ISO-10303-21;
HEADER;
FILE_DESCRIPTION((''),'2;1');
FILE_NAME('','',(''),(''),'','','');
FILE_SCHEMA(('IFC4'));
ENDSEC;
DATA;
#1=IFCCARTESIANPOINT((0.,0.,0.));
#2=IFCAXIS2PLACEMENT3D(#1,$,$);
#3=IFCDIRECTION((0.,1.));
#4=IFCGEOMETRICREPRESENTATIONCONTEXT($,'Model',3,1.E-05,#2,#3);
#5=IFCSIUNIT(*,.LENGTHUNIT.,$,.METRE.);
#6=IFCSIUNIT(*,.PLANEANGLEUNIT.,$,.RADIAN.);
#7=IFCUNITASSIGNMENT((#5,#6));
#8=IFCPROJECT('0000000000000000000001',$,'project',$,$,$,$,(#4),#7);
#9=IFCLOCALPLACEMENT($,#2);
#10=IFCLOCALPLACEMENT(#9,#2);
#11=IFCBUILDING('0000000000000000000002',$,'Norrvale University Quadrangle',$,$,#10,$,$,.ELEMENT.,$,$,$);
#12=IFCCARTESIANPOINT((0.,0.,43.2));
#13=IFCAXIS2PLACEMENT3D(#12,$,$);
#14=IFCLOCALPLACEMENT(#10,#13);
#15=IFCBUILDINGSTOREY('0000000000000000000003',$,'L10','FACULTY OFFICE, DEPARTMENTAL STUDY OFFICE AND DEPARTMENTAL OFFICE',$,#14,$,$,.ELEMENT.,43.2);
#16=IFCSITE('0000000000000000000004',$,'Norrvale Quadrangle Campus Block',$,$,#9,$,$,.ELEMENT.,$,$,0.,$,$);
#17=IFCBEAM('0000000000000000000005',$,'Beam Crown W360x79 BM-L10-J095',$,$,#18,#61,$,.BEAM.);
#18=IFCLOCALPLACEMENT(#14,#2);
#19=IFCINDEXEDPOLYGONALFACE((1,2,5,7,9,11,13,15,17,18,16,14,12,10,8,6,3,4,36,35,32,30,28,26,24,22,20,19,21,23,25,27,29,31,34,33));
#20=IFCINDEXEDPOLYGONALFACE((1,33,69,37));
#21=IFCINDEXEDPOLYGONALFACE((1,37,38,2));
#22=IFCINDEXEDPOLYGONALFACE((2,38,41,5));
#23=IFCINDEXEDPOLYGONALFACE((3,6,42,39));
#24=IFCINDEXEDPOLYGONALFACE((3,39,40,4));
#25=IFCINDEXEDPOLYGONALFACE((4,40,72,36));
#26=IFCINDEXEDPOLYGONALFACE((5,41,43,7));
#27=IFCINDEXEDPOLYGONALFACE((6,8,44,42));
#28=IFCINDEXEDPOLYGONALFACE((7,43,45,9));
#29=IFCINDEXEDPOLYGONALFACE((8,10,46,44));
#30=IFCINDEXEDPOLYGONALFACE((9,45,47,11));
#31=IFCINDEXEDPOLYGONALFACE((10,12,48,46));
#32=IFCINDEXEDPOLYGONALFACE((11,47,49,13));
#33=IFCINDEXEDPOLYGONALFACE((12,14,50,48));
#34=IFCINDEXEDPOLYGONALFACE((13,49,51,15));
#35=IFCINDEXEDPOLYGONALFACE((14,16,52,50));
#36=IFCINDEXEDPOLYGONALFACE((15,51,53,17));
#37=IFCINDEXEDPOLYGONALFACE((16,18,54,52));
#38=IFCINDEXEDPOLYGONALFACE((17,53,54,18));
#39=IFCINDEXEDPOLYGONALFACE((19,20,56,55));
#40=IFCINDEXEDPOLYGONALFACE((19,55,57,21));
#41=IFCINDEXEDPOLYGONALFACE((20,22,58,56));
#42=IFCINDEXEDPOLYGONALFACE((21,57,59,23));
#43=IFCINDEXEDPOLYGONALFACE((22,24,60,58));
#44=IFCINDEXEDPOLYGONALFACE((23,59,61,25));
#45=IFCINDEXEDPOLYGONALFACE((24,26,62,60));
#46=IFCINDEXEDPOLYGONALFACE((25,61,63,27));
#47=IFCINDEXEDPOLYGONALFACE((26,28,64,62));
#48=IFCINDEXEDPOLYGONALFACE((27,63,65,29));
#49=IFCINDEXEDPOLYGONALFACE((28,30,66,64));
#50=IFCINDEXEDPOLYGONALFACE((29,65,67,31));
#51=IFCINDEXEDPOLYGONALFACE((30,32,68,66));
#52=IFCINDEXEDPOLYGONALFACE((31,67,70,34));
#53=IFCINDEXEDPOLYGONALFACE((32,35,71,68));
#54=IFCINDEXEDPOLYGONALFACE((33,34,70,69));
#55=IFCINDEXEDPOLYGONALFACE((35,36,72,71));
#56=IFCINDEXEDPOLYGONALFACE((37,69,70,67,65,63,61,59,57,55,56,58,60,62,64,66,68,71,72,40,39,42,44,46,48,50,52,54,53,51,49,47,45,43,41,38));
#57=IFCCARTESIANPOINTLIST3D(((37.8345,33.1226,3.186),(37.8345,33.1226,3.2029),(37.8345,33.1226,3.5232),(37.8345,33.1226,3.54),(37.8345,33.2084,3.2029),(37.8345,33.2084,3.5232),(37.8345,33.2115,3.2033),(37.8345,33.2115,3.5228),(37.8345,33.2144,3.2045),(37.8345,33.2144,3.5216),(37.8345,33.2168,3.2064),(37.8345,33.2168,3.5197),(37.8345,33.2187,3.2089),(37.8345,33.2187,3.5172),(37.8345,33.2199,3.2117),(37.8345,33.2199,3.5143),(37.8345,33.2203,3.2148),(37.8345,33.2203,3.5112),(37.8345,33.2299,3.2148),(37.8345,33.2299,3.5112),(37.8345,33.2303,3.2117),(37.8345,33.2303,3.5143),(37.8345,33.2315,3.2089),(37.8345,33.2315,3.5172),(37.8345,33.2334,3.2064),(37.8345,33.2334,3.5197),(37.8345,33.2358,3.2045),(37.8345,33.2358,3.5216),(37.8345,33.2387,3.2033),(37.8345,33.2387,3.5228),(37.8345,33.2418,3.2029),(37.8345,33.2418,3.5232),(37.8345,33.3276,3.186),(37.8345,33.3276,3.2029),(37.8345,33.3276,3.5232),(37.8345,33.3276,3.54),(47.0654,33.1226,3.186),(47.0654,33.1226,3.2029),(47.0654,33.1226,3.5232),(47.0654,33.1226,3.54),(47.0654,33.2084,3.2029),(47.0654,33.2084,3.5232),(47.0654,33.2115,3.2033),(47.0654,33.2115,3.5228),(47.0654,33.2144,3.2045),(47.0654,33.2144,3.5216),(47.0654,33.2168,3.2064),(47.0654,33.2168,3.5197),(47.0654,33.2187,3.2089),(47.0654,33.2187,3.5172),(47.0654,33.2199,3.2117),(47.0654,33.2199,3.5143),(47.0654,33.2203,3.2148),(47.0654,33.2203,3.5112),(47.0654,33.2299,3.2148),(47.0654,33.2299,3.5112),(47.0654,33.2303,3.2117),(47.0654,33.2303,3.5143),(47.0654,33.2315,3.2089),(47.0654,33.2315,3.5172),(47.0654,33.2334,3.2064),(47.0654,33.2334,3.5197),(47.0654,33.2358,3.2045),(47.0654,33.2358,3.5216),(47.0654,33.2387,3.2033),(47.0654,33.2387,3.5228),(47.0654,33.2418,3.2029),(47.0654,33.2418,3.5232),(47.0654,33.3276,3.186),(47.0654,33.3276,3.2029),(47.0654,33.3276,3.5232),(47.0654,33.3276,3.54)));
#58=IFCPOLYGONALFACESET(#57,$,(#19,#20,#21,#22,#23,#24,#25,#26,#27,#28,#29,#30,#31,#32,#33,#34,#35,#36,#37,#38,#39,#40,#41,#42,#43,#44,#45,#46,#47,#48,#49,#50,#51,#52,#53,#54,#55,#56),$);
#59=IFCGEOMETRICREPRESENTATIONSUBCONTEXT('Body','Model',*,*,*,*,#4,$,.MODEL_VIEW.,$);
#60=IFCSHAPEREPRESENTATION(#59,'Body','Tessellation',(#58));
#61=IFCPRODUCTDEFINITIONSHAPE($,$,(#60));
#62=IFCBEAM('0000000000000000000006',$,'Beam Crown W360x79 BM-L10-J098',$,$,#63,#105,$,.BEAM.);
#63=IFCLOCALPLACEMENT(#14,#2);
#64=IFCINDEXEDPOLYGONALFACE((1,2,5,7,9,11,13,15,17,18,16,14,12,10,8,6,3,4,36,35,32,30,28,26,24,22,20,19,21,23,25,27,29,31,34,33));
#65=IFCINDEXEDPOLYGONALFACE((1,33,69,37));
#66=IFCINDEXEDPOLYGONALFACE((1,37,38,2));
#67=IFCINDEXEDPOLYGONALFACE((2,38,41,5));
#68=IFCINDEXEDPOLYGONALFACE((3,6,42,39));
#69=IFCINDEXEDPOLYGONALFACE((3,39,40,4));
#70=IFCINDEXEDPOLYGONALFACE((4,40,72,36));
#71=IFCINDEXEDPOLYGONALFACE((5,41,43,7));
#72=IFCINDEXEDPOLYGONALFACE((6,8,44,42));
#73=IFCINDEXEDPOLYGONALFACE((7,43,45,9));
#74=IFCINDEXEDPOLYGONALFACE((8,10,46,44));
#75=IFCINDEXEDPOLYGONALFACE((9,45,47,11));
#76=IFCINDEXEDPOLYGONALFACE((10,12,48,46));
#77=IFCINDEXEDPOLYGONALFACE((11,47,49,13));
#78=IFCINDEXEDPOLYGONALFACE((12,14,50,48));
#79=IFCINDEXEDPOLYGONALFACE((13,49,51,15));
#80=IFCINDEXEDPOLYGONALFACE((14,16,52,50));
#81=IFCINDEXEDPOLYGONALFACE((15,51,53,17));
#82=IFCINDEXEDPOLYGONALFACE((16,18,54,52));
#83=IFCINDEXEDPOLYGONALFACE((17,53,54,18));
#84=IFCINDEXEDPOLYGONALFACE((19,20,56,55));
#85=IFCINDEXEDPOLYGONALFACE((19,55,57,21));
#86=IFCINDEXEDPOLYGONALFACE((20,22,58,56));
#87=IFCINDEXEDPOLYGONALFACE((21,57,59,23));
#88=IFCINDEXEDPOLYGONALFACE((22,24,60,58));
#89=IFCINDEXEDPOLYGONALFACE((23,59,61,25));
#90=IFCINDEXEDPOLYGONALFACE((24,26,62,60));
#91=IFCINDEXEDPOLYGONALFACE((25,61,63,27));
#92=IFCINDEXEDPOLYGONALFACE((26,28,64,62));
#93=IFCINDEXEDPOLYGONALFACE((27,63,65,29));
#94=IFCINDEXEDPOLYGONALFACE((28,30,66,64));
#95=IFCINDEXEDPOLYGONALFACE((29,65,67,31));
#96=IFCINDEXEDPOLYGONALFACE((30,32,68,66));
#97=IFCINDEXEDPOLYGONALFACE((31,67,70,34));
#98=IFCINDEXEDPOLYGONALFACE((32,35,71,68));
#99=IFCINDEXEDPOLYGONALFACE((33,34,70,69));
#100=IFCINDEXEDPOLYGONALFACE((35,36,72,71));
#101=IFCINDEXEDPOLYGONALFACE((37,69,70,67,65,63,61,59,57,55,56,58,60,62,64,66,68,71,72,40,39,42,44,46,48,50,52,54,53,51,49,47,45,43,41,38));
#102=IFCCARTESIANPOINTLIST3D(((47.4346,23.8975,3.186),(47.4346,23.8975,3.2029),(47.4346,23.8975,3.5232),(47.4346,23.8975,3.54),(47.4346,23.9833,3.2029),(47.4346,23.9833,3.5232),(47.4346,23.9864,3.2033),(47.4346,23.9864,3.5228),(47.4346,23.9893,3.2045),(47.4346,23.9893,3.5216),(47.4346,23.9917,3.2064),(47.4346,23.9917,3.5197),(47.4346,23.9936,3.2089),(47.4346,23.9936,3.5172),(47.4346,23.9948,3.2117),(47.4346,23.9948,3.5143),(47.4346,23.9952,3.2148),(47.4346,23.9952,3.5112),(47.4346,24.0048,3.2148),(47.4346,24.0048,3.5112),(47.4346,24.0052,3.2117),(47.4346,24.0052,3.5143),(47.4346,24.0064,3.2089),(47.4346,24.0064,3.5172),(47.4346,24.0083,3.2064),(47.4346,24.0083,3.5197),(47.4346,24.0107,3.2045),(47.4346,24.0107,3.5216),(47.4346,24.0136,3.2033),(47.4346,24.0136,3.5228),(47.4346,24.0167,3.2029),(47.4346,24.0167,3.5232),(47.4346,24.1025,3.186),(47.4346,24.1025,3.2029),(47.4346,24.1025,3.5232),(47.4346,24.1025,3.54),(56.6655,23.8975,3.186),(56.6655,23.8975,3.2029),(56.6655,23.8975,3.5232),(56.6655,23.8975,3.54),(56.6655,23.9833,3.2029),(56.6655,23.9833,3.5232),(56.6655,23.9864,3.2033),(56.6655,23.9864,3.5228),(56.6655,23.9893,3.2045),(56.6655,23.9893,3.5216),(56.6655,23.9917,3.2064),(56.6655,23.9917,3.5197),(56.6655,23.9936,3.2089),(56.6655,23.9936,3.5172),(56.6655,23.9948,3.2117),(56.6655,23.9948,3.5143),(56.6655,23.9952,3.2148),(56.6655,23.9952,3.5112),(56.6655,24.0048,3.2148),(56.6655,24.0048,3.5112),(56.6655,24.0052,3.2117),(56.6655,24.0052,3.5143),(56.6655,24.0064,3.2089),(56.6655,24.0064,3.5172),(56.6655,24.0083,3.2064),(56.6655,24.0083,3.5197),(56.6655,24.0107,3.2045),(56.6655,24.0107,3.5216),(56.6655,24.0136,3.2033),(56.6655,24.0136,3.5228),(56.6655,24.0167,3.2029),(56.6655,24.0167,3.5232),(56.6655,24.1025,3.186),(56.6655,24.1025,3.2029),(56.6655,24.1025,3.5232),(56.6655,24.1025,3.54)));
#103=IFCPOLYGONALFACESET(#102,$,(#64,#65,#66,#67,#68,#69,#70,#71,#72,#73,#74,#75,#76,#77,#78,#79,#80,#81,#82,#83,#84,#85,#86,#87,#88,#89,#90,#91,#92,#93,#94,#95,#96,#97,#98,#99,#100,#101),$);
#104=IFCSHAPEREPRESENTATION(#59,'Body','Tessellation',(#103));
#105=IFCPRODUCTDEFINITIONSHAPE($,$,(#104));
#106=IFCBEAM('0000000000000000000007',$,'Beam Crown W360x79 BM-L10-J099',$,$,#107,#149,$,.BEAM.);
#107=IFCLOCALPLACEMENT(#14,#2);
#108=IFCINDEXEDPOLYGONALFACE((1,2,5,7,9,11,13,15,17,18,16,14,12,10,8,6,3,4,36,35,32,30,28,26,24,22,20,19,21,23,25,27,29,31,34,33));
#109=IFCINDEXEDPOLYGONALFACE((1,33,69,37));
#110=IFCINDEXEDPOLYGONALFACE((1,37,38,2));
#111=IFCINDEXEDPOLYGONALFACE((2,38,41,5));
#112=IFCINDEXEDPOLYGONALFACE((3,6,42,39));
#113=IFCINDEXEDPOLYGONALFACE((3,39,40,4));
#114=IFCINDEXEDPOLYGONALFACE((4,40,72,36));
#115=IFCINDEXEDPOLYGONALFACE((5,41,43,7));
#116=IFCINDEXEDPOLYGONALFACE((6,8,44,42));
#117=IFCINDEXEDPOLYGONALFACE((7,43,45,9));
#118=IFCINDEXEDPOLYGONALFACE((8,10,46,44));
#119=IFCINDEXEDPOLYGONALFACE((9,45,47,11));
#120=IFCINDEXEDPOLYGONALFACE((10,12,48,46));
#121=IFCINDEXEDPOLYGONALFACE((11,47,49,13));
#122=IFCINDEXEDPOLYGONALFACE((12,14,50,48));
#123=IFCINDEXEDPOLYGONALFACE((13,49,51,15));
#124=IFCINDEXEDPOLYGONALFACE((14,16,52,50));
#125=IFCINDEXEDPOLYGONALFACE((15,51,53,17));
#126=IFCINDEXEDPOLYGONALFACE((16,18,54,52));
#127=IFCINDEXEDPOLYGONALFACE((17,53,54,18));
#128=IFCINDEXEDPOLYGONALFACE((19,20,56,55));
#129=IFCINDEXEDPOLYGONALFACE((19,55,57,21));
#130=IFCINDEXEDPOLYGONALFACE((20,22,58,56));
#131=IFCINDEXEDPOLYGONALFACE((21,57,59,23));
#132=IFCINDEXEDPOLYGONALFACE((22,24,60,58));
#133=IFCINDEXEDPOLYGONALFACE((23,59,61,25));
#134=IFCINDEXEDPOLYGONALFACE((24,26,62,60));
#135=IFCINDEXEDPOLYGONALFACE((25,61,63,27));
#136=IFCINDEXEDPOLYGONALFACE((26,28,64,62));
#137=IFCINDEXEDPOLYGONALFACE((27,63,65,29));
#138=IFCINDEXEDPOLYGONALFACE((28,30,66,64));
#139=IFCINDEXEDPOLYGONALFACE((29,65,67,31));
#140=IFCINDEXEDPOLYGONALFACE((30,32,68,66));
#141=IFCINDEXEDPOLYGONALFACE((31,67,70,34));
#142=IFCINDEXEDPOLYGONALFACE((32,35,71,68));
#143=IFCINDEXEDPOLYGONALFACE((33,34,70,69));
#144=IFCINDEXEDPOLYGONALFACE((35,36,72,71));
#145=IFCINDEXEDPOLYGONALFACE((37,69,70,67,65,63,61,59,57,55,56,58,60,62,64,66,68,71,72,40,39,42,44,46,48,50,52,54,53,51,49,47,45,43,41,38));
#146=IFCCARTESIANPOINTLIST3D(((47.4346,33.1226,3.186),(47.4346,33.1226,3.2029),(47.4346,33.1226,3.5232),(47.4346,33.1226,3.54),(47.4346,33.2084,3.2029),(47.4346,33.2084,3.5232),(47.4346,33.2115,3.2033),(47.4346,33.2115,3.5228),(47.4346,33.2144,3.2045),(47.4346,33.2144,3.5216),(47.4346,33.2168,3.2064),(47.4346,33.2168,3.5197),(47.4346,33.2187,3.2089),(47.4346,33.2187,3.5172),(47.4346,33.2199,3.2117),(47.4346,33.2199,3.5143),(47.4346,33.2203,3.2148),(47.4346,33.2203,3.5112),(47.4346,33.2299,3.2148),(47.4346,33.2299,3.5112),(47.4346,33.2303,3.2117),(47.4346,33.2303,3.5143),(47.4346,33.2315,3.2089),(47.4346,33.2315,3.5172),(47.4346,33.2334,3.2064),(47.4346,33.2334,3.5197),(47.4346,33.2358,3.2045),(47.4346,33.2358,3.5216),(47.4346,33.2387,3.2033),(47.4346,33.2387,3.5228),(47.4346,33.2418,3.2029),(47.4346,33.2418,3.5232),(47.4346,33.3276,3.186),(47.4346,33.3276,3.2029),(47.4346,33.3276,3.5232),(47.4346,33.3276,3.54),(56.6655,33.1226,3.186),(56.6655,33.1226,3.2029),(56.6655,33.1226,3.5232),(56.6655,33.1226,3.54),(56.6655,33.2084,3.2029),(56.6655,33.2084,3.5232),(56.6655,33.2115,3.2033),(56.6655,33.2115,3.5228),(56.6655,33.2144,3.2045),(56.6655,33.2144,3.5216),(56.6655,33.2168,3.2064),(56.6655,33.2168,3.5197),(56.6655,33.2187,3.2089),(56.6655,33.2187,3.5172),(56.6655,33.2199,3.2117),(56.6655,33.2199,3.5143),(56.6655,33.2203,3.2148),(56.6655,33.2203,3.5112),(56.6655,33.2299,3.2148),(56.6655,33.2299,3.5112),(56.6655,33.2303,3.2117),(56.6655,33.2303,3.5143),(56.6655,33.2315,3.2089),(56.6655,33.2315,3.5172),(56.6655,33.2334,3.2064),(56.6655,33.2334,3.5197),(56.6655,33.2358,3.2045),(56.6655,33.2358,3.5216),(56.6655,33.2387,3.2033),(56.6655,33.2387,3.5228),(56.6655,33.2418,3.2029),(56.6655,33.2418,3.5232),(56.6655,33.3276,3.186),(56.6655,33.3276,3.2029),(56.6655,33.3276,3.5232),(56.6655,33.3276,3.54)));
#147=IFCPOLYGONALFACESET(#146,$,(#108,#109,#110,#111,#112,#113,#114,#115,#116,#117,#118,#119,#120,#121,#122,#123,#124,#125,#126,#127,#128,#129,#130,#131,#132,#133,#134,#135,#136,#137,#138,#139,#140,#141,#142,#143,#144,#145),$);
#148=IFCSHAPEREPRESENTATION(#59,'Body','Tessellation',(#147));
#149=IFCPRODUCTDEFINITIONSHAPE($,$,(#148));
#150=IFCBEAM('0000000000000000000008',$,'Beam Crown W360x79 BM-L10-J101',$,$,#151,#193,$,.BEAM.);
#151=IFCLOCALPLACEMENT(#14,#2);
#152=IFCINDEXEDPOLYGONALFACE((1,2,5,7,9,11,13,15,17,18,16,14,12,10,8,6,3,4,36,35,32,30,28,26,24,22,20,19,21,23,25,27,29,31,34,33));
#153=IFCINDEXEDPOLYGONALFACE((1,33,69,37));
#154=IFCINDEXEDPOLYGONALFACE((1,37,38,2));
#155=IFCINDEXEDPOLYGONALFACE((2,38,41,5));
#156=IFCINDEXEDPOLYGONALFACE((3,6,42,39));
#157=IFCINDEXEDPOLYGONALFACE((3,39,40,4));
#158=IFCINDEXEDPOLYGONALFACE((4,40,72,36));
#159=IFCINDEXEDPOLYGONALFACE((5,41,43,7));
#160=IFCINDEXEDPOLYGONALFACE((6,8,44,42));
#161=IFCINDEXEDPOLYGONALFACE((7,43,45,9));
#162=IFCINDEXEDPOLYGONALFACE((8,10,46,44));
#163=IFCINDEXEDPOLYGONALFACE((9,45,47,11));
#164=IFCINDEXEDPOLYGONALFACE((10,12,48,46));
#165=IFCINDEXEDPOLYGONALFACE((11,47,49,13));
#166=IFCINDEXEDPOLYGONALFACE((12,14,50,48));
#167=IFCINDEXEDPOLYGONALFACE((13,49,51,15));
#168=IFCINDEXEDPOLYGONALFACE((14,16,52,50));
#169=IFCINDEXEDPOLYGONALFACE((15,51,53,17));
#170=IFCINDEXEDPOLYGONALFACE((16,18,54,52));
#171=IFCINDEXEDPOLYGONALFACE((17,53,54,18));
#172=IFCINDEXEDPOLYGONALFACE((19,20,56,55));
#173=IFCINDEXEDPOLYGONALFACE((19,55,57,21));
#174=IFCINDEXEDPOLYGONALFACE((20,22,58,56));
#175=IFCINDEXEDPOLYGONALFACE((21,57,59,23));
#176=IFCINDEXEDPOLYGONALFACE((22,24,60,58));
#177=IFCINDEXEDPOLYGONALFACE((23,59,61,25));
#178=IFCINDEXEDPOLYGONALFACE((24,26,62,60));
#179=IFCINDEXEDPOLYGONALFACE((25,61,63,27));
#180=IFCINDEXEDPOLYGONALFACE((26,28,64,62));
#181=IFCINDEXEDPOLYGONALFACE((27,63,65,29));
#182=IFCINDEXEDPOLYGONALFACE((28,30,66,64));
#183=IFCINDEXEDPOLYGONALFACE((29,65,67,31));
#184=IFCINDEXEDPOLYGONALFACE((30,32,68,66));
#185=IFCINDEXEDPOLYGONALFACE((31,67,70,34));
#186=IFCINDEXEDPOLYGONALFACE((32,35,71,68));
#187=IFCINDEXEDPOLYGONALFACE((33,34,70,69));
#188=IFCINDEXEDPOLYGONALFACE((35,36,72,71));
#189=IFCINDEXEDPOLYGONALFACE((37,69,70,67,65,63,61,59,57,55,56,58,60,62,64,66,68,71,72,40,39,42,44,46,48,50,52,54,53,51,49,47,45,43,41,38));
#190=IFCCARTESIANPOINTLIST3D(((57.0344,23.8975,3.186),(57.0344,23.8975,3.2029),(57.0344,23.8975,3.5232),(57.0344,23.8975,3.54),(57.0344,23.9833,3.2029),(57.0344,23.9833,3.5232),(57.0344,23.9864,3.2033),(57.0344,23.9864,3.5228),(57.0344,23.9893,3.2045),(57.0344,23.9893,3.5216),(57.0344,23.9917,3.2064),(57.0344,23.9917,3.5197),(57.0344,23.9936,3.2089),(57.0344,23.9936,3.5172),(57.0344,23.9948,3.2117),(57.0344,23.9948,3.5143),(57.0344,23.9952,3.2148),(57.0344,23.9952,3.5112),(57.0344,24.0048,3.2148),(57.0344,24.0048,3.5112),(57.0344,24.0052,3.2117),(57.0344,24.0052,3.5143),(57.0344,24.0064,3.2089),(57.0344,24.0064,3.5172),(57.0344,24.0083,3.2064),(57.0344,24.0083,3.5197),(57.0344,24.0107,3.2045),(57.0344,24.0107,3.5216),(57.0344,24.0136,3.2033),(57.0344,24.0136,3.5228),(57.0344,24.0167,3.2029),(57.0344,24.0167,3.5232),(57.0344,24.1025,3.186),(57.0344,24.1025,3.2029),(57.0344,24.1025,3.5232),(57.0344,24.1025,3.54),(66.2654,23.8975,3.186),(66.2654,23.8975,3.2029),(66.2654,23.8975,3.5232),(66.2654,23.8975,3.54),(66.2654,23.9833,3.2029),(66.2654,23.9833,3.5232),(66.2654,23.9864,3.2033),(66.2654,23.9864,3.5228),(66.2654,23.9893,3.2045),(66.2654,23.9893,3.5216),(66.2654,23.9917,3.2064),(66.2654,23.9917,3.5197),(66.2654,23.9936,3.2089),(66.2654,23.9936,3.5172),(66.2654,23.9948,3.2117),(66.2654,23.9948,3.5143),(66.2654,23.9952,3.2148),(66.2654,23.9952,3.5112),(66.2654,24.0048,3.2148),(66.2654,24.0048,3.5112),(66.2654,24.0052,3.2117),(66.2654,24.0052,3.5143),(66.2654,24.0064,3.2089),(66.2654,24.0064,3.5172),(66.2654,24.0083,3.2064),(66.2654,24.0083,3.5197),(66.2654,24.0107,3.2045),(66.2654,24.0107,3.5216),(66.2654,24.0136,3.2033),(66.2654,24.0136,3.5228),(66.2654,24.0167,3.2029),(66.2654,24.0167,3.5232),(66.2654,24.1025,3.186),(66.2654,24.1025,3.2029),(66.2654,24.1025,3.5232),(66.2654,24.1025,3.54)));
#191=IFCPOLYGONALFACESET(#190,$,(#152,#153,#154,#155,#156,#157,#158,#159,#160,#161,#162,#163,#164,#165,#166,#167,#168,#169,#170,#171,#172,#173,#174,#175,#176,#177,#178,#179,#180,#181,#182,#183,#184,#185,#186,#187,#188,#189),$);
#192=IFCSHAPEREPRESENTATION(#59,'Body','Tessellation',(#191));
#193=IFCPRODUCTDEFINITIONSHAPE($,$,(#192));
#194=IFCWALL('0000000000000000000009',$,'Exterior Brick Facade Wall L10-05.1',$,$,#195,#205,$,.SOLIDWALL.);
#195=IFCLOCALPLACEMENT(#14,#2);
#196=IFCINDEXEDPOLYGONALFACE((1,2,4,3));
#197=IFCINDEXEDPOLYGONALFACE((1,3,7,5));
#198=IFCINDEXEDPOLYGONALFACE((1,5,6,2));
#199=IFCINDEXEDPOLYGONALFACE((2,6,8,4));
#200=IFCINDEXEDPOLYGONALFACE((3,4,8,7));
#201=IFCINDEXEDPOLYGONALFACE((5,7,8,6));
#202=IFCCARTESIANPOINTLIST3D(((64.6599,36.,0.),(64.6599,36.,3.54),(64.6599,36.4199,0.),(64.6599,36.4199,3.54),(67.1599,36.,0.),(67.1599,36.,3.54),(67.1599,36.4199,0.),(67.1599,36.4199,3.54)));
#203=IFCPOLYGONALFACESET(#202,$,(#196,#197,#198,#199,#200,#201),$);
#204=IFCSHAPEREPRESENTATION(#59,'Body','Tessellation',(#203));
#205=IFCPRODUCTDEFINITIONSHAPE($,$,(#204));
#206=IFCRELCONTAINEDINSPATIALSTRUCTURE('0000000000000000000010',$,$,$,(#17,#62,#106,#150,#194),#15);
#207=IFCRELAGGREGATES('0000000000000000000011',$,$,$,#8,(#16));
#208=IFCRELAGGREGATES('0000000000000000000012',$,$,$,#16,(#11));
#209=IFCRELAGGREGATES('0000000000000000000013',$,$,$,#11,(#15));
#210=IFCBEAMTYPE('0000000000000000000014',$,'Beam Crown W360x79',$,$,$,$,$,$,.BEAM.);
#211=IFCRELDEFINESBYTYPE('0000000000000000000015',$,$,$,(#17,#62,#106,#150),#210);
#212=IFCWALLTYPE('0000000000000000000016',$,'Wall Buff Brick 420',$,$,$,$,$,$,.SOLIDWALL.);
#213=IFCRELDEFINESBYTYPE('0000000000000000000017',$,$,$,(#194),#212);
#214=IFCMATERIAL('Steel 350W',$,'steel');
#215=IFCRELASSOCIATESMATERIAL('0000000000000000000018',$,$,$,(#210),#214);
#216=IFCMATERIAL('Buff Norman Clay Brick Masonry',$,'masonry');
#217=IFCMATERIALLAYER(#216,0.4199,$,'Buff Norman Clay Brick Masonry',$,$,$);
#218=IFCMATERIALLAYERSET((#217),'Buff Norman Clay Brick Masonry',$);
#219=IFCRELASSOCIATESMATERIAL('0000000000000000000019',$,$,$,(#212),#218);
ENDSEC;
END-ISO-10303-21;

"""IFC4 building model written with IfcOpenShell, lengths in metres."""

from ifc_helpers import new_model, si_unit, direction, frame, frame_2d, origin, origin_2d, place, context, subcontext, project, spatial, rectangle, i_section, extrude, material, layer, layer_set, material_profile, profile_set, type_object, element, save


model = new_model("IFC4")

# Units and contexts
model_context = context("Model", 3, precision=1e-05, world=origin(), true_north=direction((0.0, 1.0)))
body_context = subcontext(model_context, "Body", "Model", "MODEL_VIEW")
ifc_project = project(units=[si_unit("LENGTHUNIT", "METRE"), si_unit("PLANEANGLEUNIT", "RADIAN")], contexts=[model_context])

# Site, building, storey
site_placement = place(None, origin())
site = spatial("IfcSite", under=ifc_project, at=site_placement, Name="Norrvale Quadrangle Campus Block", CompositionType="ELEMENT", RefElevation=0.0)
building_placement = place(site_placement, origin())
building = spatial("IfcBuilding", under=site, at=building_placement, Name="Norrvale University Quadrangle", CompositionType="ELEMENT")
storey_placement = place(building_placement, frame((0.0, 0.0, 43.2)))
storey = spatial("IfcBuildingStorey", under=building, at=storey_placement, Name="L10", Description="FACULTY OFFICE, DEPARTMENTAL STUDY OFFICE AND DEPARTMENTAL OFFICE", CompositionType="ELEMENT", Elevation=43.2)

# Beams
ifc_material_1 = material(Name="Steel 350W", Category="steel")
ifc_material_profile_1 = material_profile(ifc_material_1, i_section(OverallWidth=0.2051, OverallDepth=0.354, WebThickness=0.0095, FlangeThickness=0.0168, FilletRadius=0.012, at=origin_2d()), Name="Steel 350W")
ifc_profile_set_1 = profile_set([ifc_material_profile_1], Name="Steel 350W")
beam_type_1 = type_object("IfcBeamType", Name="Beam Crown W360x79", PredefinedType="BEAM", material=ifc_profile_set_1)
for number, where, z_axis, x_axis, name in (
    (1, (37.8345, 33.2251, 3.363), (1.0, 0.0, 0.0), (0.0, 1.0, 0.0), "Beam Crown W360x79 BM-L10-J095"),
    (2, (47.4346, 24.0, 3.363), (1.0, 0.0, 0.0), (0.0, 1.0, 0.0), "Beam Crown W360x79 BM-L10-J098"),
    (3, (47.4346, 33.2251, 3.363), (1.0, 0.0, 0.0), (0.0, 1.0, 0.0), "Beam Crown W360x79 BM-L10-J099"),
    (4, (57.0344, 24.0, 3.363), (1.0, 0.0, 0.0), (0.0, 1.0, 0.0), "Beam Crown W360x79 BM-L10-J101"),
):
    element("IfcBeam", number, at=place(storey_placement, frame(where, z_axis=z_axis, x_axis=x_axis)), inside=storey, type_object=beam_type_1, Name=name, PredefinedType="BEAM", context=body_context, shape_type="SweptSolid", body=[
        extrude(i_section(OverallWidth=0.2051, OverallDepth=0.354, WebThickness=0.0095, FlangeThickness=0.0168, FilletRadius=0.012, at=origin_2d()), origin(), (0.0, 0.0, 1.0), 9.231),
    ])

# Wall
ifc_material_2 = material(Name="Buff Norman Clay Brick Masonry", Category="masonry")
ifc_layer = layer(ifc_material_2, 0.4199, Name="Buff Norman Clay Brick Masonry")
ifc_layer_set = layer_set([ifc_layer], Name="Buff Norman Clay Brick Masonry")
wall_type = type_object("IfcWallType", Name="Wall Buff Brick 420", PredefinedType="SOLIDWALL", material=ifc_layer_set)
for number, where, z_axis, x_axis, name in (
    (5, (67.1599, 36.21, 0.0), (0.0, 0.0, 1.0), (-1.0, 0.0, 0.0), "Exterior Brick Facade Wall L10-05.1"),
):
    element("IfcWall", number, at=place(storey_placement, frame(where, z_axis=z_axis, x_axis=x_axis)), inside=storey, type_object=wall_type, Name=name, PredefinedType="SOLIDWALL", context=body_context, shape_type="SweptSolid", body=[
        extrude(rectangle(XDim=2.5, YDim=0.4199, at=frame_2d((1.25, 0.0))), origin(), (0.0, 0.0, 1.0), 3.54),
    ])

save(model, "model.ifc")
